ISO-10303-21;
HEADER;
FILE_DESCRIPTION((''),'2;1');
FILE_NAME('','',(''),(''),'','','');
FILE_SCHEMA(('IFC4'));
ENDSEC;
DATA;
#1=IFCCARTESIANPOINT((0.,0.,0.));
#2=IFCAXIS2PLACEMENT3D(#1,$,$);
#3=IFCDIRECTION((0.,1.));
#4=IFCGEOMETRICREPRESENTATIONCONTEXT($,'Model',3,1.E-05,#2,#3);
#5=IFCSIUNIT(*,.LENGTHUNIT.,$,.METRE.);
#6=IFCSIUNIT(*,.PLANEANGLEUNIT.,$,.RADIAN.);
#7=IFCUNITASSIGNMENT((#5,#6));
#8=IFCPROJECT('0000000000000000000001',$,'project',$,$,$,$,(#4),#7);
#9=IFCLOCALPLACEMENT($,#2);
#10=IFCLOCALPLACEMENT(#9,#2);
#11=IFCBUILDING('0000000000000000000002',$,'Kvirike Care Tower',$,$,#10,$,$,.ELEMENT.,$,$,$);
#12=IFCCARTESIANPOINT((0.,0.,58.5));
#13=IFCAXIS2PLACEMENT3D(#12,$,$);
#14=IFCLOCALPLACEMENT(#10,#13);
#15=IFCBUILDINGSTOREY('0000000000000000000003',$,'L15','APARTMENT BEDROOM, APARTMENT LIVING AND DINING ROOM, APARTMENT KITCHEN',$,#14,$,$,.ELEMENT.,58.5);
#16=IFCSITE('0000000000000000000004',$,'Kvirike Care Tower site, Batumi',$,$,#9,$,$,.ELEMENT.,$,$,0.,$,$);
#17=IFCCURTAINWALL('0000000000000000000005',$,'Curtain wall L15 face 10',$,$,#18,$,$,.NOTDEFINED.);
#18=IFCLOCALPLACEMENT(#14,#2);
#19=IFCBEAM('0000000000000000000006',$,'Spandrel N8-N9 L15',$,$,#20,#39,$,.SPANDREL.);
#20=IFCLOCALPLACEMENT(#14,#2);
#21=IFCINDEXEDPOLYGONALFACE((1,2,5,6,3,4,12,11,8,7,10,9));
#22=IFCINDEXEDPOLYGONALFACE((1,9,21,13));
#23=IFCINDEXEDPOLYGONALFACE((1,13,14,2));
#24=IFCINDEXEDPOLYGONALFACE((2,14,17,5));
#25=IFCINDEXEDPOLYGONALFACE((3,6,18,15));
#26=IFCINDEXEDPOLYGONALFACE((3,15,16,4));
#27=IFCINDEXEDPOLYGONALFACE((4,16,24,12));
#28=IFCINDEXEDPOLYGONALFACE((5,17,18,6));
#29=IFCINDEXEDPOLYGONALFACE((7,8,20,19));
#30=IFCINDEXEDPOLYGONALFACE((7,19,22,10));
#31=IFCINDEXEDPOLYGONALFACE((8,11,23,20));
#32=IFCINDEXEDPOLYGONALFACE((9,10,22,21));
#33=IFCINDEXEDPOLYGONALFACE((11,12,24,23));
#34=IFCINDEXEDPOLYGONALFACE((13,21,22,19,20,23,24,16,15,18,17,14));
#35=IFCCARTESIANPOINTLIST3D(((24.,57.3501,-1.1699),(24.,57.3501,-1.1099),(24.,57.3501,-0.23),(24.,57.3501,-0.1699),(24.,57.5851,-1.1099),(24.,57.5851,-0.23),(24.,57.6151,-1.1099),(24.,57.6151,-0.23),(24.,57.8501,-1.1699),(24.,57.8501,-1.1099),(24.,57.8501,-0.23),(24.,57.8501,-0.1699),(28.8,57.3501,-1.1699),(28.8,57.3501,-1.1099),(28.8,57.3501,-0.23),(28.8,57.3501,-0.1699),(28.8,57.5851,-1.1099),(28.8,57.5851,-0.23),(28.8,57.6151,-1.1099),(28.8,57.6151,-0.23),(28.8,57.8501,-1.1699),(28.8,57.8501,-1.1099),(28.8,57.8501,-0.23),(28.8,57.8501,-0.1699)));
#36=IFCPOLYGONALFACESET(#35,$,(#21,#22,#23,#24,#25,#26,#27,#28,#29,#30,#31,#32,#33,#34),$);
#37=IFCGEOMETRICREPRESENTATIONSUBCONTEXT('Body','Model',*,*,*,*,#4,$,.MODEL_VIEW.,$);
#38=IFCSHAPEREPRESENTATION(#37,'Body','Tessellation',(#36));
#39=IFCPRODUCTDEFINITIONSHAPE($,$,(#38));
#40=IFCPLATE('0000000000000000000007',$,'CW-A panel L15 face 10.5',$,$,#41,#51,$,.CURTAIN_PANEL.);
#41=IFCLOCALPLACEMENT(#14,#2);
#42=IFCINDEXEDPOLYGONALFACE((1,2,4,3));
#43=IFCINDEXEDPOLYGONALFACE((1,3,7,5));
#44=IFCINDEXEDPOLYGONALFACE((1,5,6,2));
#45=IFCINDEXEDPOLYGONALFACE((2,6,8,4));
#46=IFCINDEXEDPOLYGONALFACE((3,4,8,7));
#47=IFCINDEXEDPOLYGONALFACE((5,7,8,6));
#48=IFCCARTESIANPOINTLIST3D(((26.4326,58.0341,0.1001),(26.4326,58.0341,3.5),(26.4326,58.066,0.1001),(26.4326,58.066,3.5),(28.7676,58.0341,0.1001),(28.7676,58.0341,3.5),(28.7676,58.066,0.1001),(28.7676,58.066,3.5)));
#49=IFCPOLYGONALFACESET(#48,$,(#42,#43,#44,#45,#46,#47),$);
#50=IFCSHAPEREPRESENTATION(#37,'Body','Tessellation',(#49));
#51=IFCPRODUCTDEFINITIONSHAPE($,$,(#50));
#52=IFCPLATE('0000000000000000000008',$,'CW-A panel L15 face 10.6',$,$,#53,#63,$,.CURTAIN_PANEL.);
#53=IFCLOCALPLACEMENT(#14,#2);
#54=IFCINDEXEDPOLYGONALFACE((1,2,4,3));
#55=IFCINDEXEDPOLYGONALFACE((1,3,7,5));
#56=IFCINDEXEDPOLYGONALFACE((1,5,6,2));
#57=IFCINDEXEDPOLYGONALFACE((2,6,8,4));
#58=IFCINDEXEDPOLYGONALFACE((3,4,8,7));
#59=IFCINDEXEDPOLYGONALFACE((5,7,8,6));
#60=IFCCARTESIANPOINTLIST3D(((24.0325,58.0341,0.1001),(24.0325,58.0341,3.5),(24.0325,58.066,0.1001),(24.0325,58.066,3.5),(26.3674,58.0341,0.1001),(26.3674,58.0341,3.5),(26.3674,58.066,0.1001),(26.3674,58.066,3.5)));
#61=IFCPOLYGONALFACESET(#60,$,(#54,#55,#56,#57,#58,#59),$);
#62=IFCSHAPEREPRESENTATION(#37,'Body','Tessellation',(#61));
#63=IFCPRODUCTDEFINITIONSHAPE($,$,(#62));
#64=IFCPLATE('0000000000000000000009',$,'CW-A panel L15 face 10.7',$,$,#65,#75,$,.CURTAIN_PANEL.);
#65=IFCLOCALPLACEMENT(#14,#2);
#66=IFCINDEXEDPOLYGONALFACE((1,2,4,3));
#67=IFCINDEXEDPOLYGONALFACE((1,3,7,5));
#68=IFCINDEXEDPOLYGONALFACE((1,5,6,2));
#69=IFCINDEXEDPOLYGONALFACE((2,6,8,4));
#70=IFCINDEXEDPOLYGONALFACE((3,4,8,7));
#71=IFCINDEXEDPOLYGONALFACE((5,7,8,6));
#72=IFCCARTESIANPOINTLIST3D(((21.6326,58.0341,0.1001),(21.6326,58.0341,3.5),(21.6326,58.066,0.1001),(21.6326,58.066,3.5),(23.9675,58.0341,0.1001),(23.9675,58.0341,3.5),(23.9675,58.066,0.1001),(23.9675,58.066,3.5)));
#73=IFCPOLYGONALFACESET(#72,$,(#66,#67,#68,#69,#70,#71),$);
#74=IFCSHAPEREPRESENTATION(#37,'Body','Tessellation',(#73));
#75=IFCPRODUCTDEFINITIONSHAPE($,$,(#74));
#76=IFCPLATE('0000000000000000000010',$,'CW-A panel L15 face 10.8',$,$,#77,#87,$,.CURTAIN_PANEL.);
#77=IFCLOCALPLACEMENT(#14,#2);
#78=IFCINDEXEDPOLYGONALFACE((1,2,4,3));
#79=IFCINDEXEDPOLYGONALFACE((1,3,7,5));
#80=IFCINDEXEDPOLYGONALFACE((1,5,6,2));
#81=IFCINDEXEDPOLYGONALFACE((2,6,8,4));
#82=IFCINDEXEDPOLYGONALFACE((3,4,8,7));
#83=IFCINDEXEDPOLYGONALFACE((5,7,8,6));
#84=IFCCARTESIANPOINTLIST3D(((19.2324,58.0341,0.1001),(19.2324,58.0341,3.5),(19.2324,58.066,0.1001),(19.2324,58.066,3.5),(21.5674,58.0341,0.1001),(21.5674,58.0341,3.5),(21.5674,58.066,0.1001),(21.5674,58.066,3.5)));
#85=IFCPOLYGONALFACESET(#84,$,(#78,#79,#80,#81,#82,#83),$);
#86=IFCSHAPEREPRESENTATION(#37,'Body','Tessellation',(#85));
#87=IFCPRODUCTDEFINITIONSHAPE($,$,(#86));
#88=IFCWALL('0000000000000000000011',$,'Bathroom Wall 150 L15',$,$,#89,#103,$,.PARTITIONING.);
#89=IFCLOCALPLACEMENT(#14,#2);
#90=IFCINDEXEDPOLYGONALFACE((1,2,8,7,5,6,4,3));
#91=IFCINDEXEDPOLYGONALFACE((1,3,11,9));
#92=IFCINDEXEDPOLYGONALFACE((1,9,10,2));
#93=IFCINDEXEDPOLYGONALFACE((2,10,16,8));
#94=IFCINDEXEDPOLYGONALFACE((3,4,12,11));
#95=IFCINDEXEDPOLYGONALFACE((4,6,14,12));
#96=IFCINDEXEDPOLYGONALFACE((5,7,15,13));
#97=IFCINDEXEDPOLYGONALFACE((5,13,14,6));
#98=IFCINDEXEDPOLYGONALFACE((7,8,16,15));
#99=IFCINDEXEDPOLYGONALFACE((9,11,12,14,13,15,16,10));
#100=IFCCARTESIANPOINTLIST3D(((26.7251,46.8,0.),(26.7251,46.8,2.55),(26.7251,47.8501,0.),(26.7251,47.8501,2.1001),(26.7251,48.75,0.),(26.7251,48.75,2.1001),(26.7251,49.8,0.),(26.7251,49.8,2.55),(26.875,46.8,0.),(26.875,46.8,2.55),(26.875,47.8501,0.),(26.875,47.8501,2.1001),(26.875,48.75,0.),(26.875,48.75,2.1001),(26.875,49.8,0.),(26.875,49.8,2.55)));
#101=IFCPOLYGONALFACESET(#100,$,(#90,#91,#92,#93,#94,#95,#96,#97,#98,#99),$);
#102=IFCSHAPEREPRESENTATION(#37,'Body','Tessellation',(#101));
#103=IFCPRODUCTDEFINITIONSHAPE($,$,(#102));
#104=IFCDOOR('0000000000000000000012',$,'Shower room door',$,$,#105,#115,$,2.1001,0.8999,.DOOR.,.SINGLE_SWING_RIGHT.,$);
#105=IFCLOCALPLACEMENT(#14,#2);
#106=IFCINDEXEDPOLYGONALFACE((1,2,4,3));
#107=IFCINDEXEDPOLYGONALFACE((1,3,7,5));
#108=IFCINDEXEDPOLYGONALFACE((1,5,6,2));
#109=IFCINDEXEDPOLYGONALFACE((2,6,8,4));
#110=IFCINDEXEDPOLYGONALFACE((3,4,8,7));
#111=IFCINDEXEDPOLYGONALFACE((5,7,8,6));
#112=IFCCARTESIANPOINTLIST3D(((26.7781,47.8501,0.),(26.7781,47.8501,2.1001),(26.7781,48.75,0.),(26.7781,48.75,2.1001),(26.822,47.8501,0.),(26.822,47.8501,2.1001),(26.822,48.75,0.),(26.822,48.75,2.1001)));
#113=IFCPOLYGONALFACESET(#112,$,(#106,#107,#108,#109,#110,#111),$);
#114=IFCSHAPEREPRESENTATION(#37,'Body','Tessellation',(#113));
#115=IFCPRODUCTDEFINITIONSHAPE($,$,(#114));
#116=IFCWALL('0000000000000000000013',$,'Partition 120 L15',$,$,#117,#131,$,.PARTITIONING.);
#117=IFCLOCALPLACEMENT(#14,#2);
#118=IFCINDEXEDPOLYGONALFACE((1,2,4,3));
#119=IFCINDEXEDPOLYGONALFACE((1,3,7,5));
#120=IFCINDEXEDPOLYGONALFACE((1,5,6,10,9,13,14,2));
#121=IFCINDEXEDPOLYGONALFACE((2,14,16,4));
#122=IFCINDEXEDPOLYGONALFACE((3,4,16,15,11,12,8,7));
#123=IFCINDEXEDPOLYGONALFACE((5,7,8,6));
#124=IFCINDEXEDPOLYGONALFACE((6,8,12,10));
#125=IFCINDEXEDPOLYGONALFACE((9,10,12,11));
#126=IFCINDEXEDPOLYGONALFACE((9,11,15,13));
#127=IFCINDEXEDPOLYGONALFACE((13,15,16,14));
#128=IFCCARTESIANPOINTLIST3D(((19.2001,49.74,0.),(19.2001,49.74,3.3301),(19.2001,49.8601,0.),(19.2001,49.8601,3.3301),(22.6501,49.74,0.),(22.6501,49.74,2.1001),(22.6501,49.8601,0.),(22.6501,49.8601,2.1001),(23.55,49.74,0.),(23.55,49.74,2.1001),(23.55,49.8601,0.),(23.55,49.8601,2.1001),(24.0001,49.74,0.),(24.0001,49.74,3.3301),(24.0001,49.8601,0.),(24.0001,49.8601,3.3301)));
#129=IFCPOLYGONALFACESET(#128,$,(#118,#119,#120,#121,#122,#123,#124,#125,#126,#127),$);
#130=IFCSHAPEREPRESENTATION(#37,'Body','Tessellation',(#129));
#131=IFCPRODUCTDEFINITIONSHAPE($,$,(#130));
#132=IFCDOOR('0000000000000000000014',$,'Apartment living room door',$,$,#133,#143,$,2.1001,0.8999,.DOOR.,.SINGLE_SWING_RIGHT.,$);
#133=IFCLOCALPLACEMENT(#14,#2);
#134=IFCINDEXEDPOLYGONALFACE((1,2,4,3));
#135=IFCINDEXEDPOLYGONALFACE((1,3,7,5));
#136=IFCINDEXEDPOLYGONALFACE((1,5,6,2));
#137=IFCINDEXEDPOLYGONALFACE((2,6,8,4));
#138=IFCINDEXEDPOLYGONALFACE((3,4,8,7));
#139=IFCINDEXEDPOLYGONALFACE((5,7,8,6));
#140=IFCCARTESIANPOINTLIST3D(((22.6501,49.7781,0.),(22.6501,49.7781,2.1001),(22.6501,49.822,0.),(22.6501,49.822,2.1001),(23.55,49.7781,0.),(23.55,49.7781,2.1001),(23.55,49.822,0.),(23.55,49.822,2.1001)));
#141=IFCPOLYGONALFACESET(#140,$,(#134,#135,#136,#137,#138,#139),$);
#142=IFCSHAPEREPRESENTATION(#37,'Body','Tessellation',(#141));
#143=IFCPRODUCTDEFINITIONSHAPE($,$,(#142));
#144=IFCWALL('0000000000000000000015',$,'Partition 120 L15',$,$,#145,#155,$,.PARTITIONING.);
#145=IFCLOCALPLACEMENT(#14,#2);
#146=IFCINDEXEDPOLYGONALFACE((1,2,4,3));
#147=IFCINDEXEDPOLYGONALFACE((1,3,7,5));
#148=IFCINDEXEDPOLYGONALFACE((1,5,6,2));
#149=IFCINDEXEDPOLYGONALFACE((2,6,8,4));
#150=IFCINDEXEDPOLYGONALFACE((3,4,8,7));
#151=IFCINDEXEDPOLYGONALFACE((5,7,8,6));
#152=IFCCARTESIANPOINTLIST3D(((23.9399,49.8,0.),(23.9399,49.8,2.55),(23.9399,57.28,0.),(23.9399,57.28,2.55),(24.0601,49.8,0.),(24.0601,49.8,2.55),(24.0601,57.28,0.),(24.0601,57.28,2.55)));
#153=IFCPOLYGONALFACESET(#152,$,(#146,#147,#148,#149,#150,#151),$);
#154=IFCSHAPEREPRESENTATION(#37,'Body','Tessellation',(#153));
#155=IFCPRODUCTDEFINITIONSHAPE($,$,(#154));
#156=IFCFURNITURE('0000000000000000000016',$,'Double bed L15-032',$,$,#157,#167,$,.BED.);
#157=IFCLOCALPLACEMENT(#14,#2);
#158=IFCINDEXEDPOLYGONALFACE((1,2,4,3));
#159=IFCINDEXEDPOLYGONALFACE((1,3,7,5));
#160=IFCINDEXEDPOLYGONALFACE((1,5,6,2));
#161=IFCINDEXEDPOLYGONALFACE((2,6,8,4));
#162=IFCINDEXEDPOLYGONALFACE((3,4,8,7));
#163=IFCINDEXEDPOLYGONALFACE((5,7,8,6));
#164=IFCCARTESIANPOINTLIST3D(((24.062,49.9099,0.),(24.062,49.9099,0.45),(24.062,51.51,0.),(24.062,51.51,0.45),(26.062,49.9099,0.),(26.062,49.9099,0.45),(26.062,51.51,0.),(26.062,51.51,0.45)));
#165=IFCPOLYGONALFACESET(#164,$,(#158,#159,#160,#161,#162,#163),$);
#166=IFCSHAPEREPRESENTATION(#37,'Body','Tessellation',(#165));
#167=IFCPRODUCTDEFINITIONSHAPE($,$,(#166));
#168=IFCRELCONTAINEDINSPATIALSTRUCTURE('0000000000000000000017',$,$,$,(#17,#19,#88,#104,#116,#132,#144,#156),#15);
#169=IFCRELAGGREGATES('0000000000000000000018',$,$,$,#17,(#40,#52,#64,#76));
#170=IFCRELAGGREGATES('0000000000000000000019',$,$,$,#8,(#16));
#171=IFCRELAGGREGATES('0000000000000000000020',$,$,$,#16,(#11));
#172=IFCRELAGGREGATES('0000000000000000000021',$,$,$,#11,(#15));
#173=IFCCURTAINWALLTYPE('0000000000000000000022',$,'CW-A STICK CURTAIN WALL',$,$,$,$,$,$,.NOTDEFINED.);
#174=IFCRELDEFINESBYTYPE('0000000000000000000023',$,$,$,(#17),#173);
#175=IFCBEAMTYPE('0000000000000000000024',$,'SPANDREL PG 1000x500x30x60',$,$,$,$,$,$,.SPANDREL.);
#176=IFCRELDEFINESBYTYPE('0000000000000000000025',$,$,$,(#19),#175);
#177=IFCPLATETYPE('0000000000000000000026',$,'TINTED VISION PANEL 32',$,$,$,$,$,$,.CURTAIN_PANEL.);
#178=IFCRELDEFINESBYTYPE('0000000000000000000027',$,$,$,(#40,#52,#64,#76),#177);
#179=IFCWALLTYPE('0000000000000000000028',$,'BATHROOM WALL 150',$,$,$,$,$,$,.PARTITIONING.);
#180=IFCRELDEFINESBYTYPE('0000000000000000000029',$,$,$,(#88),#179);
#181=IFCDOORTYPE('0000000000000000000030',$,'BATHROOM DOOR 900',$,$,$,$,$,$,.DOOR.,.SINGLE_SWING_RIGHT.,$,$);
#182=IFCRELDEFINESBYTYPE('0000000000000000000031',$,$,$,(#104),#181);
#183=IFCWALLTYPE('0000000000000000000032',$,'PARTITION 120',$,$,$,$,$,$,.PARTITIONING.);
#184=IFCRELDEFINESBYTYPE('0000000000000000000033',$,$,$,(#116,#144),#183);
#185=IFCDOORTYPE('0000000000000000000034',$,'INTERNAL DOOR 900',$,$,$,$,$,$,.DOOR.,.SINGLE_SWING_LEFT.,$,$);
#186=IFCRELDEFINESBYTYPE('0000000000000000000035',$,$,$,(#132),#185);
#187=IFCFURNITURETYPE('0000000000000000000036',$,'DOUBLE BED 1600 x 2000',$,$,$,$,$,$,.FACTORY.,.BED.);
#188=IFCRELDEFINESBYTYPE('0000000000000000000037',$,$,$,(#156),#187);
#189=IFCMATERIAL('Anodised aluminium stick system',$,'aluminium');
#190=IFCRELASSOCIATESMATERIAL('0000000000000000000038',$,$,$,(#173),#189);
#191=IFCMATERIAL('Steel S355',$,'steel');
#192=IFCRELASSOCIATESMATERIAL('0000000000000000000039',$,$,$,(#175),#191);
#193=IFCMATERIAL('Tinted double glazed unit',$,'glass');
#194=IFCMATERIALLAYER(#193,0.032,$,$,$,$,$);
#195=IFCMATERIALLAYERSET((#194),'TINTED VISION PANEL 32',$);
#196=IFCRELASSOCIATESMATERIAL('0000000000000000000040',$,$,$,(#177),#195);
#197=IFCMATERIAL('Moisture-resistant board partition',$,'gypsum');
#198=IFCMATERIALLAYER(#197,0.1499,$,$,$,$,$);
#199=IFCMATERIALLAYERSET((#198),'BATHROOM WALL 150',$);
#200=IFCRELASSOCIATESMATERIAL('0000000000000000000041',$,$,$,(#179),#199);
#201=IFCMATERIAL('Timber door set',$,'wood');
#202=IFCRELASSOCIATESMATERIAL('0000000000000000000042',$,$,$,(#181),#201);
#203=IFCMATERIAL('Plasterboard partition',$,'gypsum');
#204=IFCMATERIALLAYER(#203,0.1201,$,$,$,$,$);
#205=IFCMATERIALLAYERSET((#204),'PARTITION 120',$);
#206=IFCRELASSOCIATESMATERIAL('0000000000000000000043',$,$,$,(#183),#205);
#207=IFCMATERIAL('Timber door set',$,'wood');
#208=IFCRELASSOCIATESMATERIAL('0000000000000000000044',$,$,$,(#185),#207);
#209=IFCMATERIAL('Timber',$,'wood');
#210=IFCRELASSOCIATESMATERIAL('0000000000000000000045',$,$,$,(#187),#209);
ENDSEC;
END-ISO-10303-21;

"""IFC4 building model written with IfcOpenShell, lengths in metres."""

from ifc_helpers import new_model, si_unit, direction, frame, frame_2d, origin, origin_2d, place, context, subcontext, project, spatial, rectangle, i_section, extrude, material, layer, layer_set, material_profile, profile_set, type_object, element, fill, aggregate, save


model = new_model("IFC4")

# Units and contexts
model_context = context("Model", 3, precision=1e-05, world=origin(), true_north=direction((0.0, 1.0)))
body_context = subcontext(model_context, "Body", "Model", "MODEL_VIEW")
ifc_project = project(units=[si_unit("LENGTHUNIT", "METRE"), si_unit("PLANEANGLEUNIT", "RADIAN")], contexts=[model_context])

# Site, building, storey
site_placement = place(None, origin())
site = spatial("IfcSite", under=ifc_project, at=site_placement, Name="Kvirike Care Tower site, Batumi", CompositionType="ELEMENT", RefElevation=0.0)
building_placement = place(site_placement, origin())
building = spatial("IfcBuilding", under=site, at=building_placement, Name="Kvirike Care Tower", CompositionType="ELEMENT")
storey_placement = place(building_placement, frame((0.0, 0.0, 58.5)))
storey = spatial("IfcBuildingStorey", under=building, at=storey_placement, Name="L15", Description="APARTMENT BEDROOM, APARTMENT LIVING AND DINING ROOM, APARTMENT KITCHEN", CompositionType="ELEMENT", Elevation=58.5)

# Curtain wall
ifc_material_1 = material(Name="Anodised aluminium stick system", Category="aluminium")
curtain_wall_type = type_object("IfcCurtainWallType", Name="CW-A STICK CURTAIN WALL", PredefinedType="NOTDEFINED", material=ifc_material_1)
curtain_wall_placement = place(storey_placement, origin())
curtain_wall = element("IfcCurtainWall", 1, at=curtain_wall_placement, inside=storey, type_object=curtain_wall_type, Name="Curtain wall L15 face 10", PredefinedType="NOTDEFINED")

# Beam
ifc_material_2 = material(Name="Steel S355", Category="steel")
ifc_material_profile_1 = material_profile(ifc_material_2, i_section(OverallWidth=0.5, OverallDepth=1.0, WebThickness=0.03, FlangeThickness=0.0601, at=origin_2d()), Name="PG 1000x500x30x60")
ifc_profile_set_1 = profile_set([ifc_material_profile_1], Name="Steel S355")
beam_type = type_object("IfcBeamType", Name="SPANDREL PG 1000x500x30x60", PredefinedType="SPANDREL", material=ifc_profile_set_1)
for number, where, z_axis, x_axis, name in (
    (2, (24.0, 57.6001, -0.6699), (1.0, 0.0, 0.0), (0.0, 1.0, 0.0), "Spandrel N8-N9 L15"),
):
    element("IfcBeam", number, at=place(storey_placement, frame(where, z_axis=z_axis, x_axis=x_axis)), inside=storey, type_object=beam_type, Name=name, PredefinedType="SPANDREL", context=body_context, shape_type="SweptSolid", body=[
        extrude(i_section(OverallWidth=0.5, OverallDepth=1.0, WebThickness=0.03, FlangeThickness=0.0601, at=origin_2d()), origin(), (0.0, 0.0, 1.0), 4.8),
    ])

# Plates
ifc_material_3 = material(Name="Tinted double glazed unit", Category="glass")
ifc_layer_1 = layer(ifc_material_3, 0.032)
ifc_layer_set_1 = layer_set([ifc_layer_1], Name="TINTED VISION PANEL 32")
plate_type = type_object("IfcPlateType", Name="TINTED VISION PANEL 32", PredefinedType="CURTAIN_PANEL", material=ifc_layer_set_1)
plate_1_placement = place(storey_placement, frame((27.6001, 58.05, 0.1001), z_axis=(0.0, 0.0, 1.0), x_axis=(-1.0, 0.0, 0.0)))
plate_1 = element("IfcPlate", 3, at=plate_1_placement, type_object=plate_type, Name="CW-A panel L15 face 10.5", PredefinedType="CURTAIN_PANEL", context=body_context, shape_type="SweptSolid", body=[
    extrude(rectangle(XDim=2.335, YDim=0.032, at=origin_2d()), origin(), (0.0, 0.0, 1.0), 3.3999),
])
plate_2_placement = place(storey_placement, frame((25.2, 58.05, 0.1001), z_axis=(0.0, 0.0, 1.0), x_axis=(-1.0, 0.0, 0.0)))
plate_2 = element("IfcPlate", 4, at=plate_2_placement, type_object=plate_type, Name="CW-A panel L15 face 10.6", PredefinedType="CURTAIN_PANEL", context=body_context, shape_type="SweptSolid", body=[
    extrude(rectangle(XDim=2.335, YDim=0.032, at=origin_2d()), origin(), (0.0, 0.0, 1.0), 3.3999),
])
plate_3_placement = place(storey_placement, frame((22.8, 58.05, 0.1001), z_axis=(0.0, 0.0, 1.0), x_axis=(-1.0, 0.0, 0.0)))
plate_3 = element("IfcPlate", 5, at=plate_3_placement, type_object=plate_type, Name="CW-A panel L15 face 10.7", PredefinedType="CURTAIN_PANEL", context=body_context, shape_type="SweptSolid", body=[
    extrude(rectangle(XDim=2.335, YDim=0.032, at=origin_2d()), origin(), (0.0, 0.0, 1.0), 3.3999),
])
plate_4_placement = place(storey_placement, frame((20.3999, 58.05, 0.1001), z_axis=(0.0, 0.0, 1.0), x_axis=(-1.0, 0.0, 0.0)))
plate_4 = element("IfcPlate", 6, at=plate_4_placement, type_object=plate_type, Name="CW-A panel L15 face 10.8", PredefinedType="CURTAIN_PANEL", context=body_context, shape_type="SweptSolid", body=[
    extrude(rectangle(XDim=2.335, YDim=0.032, at=origin_2d()), origin(), (0.0, 0.0, 1.0), 3.3999),
])
aggregate(curtain_wall, [plate_1, plate_2, plate_3, plate_4])

# Walls, openings, doors
ifc_material_4 = material(Name="Moisture-resistant board partition", Category="gypsum")
ifc_layer_2 = layer(ifc_material_4, 0.1499)
ifc_layer_set_2 = layer_set([ifc_layer_2], Name="BATHROOM WALL 150")
wall_type_1 = type_object("IfcWallType", Name="BATHROOM WALL 150", PredefinedType="PARTITIONING", material=ifc_layer_set_2)
wall_1_placement = place(storey_placement, frame((26.8, 49.8, 0.0), z_axis=(0.0, 0.0, 1.0), x_axis=(0.0, -1.0, 0.0)))
wall_1 = element("IfcWall", 7, at=wall_1_placement, inside=storey, type_object=wall_type_1, Name="Bathroom Wall 150 L15", PredefinedType="PARTITIONING", context=body_context, shape_type="SweptSolid", body=[
    extrude(rectangle(XDim=3.0, YDim=0.1499, at=frame_2d((1.5, 0.0))), origin(), (0.0, 0.0, 1.0), 2.55),
])
opening_1_placement = place(wall_1_placement, frame((1.05, 0.0, 0.0)))
opening_1 = element("IfcOpeningElement", 8, at=opening_1_placement, cuts=wall_1, PredefinedType="OPENING", context=body_context, shape_type="SweptSolid", body=[
    extrude(rectangle(XDim=0.8999, YDim=2.1001, at=frame_2d((0.45, 1.05))), frame((0.0, 0.0854, 0.0), z_axis=(0.0, -1.0, 0.0), x_axis=(1.0, 0.0, 0.0)), (0.0, 0.0, 1.0), 0.1709),
])
ifc_material_5 = material(Name="Timber door set", Category="wood")
door_type_1 = type_object("IfcDoorType", Name="BATHROOM DOOR 900", OperationType="SINGLE_SWING_RIGHT", PredefinedType="DOOR", material=ifc_material_5)
door_1_placement = place(opening_1_placement, frame((0.8999, 0.0, 0.0), z_axis=(0.0, 0.0, 1.0), x_axis=(-1.0, 0.0, 0.0)))
door_1 = element("IfcDoor", 9, at=door_1_placement, inside=storey, type_object=door_type_1, Name="Shower room door", OperationType="SINGLE_SWING_RIGHT", OverallHeight=2.1001, OverallWidth=0.8999, PredefinedType="DOOR", context=body_context, shape_type="SweptSolid", body=[
    extrude(rectangle(XDim=0.8999, YDim=2.1001, at=frame_2d((0.45, 1.05))), frame((0.0, 0.022, 0.0), z_axis=(0.0, -1.0, 0.0), x_axis=(1.0, 0.0, 0.0)), (0.0, 0.0, 1.0), 0.0439),
])
fill(opening_1, door_1)
ifc_material_6 = material(Name="Plasterboard partition", Category="gypsum")
ifc_layer_3 = layer(ifc_material_6, 0.1201)
ifc_layer_set_3 = layer_set([ifc_layer_3], Name="PARTITION 120")
wall_type_2 = type_object("IfcWallType", Name="PARTITION 120", PredefinedType="PARTITIONING", material=ifc_layer_set_3)
wall_2_placement = place(storey_placement, frame((24.0, 49.8, 0.0), z_axis=(0.0, 0.0, 1.0), x_axis=(-1.0, 0.0, 0.0)))
wall_2 = element("IfcWall", 10, at=wall_2_placement, inside=storey, type_object=wall_type_2, Name="Partition 120 L15", PredefinedType="PARTITIONING", context=body_context, shape_type="SweptSolid", body=[
    extrude(rectangle(XDim=4.8, YDim=0.1201, at=frame_2d((2.3999, 0.0))), origin(), (0.0, 0.0, 1.0), 3.3301),
])
opening_2_placement = place(wall_2_placement, frame((0.45, 0.0, 0.0)))
opening_2 = element("IfcOpeningElement", 11, at=opening_2_placement, cuts=wall_2, PredefinedType="OPENING", context=body_context, shape_type="SweptSolid", body=[
    extrude(rectangle(XDim=0.8999, YDim=2.1001, at=frame_2d((0.45, 1.05))), frame((0.0, 0.0706, 0.0), z_axis=(0.0, -1.0, 0.0), x_axis=(1.0, 0.0, 0.0)), (0.0, 0.0, 1.0), 0.1411),
])
ifc_material_7 = material(Name="Timber door set", Category="wood")
door_type_2 = type_object("IfcDoorType", Name="INTERNAL DOOR 900", OperationType="SINGLE_SWING_LEFT", PredefinedType="DOOR", material=ifc_material_7)
door_2_placement = place(opening_2_placement, frame((0.8999, 0.0, 0.0), z_axis=(0.0, 0.0, 1.0), x_axis=(-1.0, 0.0, 0.0)))
door_2 = element("IfcDoor", 12, at=door_2_placement, inside=storey, type_object=door_type_2, Name="Apartment living room door", OperationType="SINGLE_SWING_RIGHT", OverallHeight=2.1001, OverallWidth=0.8999, PredefinedType="DOOR", context=body_context, shape_type="SweptSolid", body=[
    extrude(rectangle(XDim=0.8999, YDim=2.1001, at=frame_2d((0.45, 1.05))), frame((0.0, 0.022, 0.0), z_axis=(0.0, -1.0, 0.0), x_axis=(1.0, 0.0, 0.0)), (0.0, 0.0, 1.0), 0.0439),
])
fill(opening_2, door_2)

# Wall
wall_3_placement = place(storey_placement, frame((24.0, 57.28, 0.0), z_axis=(0.0, 0.0, 1.0), x_axis=(0.0, -1.0, 0.0)))
element("IfcWall", 13, at=wall_3_placement, inside=storey, type_object=wall_type_2, Name="Partition 120 L15", PredefinedType="PARTITIONING", context=body_context, shape_type="SweptSolid", body=[
    extrude(rectangle(XDim=7.48, YDim=0.1201, at=frame_2d((3.74, 0.0))), origin(), (0.0, 0.0, 1.0), 2.55),
])

# Furniture
ifc_material_8 = material(Name="Timber", Category="wood")
furniture_type = type_object("IfcFurnitureType", Name="DOUBLE BED 1600 x 2000", AssemblyPlace="FACTORY", PredefinedType="BED", material=ifc_material_8)
furniture_placement = place(storey_placement, frame((25.062, 50.71, 0.0), z_axis=(0.0, 0.0, 1.0), x_axis=(0.0, 1.0, 0.0)))
element("IfcFurniture", 14, at=furniture_placement, inside=storey, type_object=furniture_type, Name="Double bed L15-032", PredefinedType="BED", context=body_context, shape_type="SweptSolid", body=[
    extrude(rectangle(XDim=1.6001, YDim=2.0, at=origin_2d()), origin(), (0.0, 0.0, 1.0), 0.45),
])

save(model, "model.ifc")
